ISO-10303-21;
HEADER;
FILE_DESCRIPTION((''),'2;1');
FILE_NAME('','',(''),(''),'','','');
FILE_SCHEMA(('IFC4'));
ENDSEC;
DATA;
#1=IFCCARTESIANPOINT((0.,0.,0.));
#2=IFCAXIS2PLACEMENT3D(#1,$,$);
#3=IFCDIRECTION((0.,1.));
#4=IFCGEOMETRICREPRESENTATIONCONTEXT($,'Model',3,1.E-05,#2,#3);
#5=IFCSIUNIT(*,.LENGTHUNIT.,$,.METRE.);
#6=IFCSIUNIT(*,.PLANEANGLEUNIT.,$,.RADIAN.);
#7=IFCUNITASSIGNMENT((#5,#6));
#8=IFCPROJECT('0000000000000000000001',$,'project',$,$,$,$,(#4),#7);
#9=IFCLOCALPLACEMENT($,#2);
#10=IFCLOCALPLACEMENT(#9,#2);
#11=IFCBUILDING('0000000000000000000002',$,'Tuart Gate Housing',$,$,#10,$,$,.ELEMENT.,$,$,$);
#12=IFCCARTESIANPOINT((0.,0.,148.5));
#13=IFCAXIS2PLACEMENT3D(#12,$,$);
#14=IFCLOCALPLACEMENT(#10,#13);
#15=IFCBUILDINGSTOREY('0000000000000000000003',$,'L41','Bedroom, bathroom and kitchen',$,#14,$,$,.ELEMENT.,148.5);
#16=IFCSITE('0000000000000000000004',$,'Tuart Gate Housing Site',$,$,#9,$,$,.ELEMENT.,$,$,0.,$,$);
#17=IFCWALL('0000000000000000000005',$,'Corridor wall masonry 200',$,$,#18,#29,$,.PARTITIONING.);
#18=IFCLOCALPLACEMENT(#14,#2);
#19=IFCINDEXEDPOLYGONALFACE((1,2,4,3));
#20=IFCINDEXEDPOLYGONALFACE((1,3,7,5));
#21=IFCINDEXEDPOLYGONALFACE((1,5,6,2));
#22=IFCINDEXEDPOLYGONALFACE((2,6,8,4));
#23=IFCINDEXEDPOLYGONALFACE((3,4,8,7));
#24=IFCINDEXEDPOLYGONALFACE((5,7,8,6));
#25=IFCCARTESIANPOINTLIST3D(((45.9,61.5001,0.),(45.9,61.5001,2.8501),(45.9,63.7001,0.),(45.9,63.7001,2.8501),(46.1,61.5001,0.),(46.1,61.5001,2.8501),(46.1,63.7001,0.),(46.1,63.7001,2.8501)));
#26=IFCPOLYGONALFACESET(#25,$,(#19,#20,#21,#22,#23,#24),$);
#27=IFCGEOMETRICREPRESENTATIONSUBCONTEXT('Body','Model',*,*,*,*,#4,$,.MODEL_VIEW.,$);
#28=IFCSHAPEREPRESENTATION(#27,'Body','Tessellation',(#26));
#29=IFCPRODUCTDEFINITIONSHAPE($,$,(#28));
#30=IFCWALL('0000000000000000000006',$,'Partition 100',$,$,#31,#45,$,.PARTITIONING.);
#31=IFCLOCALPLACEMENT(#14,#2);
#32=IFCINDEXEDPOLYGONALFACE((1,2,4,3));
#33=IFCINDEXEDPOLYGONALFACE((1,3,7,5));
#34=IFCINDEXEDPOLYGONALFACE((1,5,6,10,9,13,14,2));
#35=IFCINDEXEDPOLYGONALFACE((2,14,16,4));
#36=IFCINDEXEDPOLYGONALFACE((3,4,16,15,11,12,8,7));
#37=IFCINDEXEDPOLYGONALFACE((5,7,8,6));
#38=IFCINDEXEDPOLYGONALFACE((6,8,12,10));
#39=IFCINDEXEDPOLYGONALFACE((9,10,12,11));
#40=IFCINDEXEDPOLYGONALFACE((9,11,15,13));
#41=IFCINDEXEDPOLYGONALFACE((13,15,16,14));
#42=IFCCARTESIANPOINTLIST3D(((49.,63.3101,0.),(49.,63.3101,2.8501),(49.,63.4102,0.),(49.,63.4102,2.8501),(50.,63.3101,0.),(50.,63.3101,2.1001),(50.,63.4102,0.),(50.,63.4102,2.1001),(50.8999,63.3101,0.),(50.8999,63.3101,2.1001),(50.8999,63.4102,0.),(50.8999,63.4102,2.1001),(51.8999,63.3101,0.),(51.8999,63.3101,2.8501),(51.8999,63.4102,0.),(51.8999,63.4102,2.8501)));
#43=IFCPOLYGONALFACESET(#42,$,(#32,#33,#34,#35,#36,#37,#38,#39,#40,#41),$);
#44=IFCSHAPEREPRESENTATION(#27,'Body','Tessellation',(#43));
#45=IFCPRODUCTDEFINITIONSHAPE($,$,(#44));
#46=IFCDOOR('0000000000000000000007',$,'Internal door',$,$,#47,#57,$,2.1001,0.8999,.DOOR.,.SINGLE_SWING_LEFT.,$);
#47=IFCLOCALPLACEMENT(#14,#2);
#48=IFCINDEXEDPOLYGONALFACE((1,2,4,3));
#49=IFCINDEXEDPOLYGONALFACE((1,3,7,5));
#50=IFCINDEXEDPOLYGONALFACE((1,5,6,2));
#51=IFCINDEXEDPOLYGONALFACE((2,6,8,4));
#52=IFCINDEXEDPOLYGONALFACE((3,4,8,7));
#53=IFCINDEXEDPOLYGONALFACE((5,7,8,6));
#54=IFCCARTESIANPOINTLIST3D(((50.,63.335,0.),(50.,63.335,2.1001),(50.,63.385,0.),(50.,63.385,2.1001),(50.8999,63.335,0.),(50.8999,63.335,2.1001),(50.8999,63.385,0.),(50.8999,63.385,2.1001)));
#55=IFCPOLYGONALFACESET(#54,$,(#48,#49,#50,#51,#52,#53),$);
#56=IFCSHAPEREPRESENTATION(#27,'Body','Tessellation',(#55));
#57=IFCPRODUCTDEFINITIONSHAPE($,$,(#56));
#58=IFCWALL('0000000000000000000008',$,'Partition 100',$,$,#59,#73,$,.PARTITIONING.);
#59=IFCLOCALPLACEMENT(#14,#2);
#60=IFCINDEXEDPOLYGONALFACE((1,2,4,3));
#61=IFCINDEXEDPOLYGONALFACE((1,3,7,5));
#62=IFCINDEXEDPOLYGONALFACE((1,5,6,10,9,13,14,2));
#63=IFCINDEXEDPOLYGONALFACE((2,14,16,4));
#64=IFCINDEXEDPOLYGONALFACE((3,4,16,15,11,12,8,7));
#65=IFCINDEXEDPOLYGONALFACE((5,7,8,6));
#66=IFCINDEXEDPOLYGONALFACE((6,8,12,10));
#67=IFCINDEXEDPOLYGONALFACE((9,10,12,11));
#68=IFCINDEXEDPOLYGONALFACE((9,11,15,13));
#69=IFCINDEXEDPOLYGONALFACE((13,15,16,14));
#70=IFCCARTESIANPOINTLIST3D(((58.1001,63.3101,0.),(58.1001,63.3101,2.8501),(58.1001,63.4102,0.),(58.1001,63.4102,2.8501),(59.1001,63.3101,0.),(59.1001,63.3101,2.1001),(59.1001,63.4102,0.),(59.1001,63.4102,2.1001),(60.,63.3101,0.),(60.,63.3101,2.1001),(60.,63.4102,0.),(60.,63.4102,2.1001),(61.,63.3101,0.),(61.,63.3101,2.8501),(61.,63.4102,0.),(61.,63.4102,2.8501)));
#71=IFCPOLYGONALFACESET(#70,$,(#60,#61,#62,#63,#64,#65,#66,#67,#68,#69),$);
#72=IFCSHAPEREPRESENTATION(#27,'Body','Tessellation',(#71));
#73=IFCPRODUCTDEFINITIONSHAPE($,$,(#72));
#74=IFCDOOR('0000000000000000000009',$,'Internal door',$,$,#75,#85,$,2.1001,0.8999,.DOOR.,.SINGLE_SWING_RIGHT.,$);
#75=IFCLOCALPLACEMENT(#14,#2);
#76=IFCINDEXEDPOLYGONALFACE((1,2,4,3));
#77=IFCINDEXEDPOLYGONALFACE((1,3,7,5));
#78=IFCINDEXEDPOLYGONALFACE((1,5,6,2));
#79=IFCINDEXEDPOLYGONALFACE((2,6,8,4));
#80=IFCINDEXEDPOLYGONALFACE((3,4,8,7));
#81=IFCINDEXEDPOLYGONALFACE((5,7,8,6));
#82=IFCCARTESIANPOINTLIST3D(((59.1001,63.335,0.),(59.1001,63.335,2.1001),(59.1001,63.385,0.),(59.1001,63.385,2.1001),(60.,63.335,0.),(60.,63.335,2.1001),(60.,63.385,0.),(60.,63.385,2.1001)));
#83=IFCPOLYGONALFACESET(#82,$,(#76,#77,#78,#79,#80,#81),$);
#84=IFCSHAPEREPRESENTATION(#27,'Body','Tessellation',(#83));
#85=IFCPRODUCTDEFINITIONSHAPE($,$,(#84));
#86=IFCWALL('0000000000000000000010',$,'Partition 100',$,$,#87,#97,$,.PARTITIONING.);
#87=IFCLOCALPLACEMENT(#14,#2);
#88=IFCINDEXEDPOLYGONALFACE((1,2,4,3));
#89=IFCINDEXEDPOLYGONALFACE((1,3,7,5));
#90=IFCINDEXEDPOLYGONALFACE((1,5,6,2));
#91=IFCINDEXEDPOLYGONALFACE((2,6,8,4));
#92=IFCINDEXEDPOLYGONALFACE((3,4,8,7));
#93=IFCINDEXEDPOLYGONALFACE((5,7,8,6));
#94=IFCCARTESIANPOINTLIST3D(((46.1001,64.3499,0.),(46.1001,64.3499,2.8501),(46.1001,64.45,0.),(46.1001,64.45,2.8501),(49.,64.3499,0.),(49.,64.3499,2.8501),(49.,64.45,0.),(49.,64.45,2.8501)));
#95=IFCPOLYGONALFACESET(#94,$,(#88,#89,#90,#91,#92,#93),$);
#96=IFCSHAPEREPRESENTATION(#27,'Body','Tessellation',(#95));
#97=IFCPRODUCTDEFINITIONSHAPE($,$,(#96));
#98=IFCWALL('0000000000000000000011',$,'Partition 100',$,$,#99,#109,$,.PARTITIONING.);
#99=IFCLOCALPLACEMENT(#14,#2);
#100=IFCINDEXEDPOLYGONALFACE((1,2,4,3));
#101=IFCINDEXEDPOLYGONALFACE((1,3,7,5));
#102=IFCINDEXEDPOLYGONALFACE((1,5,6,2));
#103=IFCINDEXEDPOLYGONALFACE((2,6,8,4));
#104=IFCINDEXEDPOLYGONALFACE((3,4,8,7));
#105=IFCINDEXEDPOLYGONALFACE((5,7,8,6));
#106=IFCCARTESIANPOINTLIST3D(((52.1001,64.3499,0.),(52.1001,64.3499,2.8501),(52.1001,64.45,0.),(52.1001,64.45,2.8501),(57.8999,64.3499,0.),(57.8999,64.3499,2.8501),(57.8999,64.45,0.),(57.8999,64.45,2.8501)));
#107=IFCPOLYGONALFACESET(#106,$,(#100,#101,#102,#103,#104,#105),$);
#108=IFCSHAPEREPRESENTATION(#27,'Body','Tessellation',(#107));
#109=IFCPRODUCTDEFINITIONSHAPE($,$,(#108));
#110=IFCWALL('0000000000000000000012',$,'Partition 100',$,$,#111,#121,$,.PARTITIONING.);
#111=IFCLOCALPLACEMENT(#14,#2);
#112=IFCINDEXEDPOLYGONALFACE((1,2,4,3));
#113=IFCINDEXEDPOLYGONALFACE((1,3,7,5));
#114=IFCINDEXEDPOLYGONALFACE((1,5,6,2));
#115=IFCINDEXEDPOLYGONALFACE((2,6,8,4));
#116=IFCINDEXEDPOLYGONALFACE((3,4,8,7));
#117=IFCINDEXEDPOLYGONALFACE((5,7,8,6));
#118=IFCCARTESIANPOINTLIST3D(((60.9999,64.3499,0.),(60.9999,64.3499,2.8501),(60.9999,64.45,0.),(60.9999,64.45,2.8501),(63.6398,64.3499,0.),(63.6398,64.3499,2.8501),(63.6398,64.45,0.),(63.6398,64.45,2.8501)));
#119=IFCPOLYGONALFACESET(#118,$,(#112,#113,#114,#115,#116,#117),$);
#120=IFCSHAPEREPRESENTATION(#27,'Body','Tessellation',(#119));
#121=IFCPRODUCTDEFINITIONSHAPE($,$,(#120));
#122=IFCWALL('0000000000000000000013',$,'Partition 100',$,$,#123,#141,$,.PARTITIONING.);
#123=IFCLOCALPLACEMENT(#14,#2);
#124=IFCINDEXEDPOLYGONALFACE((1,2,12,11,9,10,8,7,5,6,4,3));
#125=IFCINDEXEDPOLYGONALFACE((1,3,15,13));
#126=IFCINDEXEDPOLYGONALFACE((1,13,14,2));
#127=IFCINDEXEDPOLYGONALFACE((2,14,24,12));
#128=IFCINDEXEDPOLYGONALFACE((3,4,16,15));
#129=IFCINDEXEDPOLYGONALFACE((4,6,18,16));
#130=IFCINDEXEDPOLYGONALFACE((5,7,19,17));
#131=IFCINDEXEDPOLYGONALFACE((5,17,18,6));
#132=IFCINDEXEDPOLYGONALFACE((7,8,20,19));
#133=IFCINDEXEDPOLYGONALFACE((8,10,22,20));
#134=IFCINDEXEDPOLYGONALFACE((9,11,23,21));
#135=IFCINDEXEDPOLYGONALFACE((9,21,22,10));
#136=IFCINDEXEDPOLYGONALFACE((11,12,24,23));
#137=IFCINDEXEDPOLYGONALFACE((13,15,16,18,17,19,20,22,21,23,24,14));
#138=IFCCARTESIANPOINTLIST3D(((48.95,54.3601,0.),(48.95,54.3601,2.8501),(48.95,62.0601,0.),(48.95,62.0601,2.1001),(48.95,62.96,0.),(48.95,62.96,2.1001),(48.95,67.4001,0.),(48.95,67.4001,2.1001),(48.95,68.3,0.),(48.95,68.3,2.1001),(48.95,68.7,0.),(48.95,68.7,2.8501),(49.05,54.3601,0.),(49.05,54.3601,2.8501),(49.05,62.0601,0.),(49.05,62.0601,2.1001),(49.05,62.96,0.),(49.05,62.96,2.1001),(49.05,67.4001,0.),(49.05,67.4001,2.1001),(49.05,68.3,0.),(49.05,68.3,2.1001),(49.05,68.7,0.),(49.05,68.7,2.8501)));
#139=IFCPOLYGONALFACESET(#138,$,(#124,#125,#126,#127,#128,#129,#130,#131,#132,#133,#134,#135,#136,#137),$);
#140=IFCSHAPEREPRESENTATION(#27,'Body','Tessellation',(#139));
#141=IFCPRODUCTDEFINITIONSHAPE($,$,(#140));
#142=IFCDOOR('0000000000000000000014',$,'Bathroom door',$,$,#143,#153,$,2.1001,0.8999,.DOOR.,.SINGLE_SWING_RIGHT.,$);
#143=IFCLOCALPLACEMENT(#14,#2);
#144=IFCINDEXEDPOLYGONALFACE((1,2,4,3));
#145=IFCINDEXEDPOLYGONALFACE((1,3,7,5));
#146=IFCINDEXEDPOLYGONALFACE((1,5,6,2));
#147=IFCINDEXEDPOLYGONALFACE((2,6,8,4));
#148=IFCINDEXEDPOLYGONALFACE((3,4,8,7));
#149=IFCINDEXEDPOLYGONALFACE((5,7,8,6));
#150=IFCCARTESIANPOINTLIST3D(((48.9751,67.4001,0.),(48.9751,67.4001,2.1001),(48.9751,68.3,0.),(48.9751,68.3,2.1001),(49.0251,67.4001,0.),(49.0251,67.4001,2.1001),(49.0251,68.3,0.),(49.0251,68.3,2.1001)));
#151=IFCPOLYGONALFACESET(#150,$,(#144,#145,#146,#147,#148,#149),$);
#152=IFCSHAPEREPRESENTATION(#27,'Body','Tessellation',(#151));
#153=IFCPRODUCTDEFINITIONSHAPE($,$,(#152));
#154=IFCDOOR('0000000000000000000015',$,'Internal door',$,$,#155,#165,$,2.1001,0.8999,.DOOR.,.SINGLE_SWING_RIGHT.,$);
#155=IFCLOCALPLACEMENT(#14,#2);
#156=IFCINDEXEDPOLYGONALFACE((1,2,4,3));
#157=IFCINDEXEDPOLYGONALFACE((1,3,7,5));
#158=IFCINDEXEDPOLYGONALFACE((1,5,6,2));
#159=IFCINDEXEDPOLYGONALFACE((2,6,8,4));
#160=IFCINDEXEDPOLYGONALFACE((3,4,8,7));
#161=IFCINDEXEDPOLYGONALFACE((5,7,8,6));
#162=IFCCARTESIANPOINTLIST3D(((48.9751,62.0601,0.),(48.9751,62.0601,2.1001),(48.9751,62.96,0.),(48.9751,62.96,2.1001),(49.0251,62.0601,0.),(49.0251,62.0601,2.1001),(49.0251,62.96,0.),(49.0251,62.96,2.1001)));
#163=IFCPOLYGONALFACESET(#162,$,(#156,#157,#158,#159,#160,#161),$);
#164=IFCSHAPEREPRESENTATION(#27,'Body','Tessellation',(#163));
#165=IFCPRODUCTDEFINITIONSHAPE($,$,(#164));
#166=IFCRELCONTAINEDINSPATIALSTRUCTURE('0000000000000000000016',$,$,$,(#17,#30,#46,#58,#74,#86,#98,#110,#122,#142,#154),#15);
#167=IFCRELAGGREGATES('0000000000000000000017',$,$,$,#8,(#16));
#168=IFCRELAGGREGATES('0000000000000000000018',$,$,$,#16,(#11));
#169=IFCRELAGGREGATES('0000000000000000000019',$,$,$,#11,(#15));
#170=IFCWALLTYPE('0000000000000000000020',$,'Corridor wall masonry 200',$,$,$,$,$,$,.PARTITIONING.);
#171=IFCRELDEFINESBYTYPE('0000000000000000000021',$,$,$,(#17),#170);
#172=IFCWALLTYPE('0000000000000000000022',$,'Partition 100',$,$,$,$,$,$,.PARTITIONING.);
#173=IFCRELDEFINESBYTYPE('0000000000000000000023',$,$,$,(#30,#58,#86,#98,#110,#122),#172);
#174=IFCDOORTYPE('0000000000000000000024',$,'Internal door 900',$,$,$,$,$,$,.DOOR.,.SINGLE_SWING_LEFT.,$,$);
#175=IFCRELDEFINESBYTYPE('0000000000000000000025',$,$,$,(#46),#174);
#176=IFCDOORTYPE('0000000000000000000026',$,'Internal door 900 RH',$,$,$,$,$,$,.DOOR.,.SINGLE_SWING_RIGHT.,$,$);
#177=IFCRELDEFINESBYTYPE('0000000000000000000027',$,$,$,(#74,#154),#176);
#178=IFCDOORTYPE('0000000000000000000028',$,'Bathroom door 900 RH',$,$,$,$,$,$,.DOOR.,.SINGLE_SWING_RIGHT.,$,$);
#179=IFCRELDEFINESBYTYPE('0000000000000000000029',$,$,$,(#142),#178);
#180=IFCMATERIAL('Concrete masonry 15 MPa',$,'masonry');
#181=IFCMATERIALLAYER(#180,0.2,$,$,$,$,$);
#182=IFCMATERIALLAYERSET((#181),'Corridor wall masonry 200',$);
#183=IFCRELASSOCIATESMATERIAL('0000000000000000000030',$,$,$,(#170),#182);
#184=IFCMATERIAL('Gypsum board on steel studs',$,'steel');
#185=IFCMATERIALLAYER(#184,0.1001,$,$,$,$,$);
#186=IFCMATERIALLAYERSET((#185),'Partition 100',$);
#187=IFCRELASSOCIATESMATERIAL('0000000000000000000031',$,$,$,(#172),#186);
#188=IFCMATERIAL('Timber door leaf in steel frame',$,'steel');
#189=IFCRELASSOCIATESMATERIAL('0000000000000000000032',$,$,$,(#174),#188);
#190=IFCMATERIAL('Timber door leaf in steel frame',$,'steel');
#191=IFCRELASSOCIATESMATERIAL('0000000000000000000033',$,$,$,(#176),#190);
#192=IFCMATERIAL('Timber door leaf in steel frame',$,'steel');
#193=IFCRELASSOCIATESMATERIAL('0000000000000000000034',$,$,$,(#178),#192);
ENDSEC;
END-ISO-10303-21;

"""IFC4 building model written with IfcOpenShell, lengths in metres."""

from ifc_helpers import new_model, si_unit, direction, frame, frame_2d, origin, place, context, subcontext, project, spatial, rectangle, extrude, material, layer, layer_set, type_object, element, fill, save


model = new_model("IFC4")

# Units and contexts
model_context = context("Model", 3, precision=1e-05, world=origin(), true_north=direction((0.0, 1.0)))
body_context = subcontext(model_context, "Body", "Model", "MODEL_VIEW")
ifc_project = project(units=[si_unit("LENGTHUNIT", "METRE"), si_unit("PLANEANGLEUNIT", "RADIAN")], contexts=[model_context])

# Site, building, storey
site_placement = place(None, origin())
site = spatial("IfcSite", under=ifc_project, at=site_placement, Name="Tuart Gate Housing Site", CompositionType="ELEMENT", RefElevation=0.0)
building_placement = place(site_placement, origin())
building = spatial("IfcBuilding", under=site, at=building_placement, Name="Tuart Gate Housing", CompositionType="ELEMENT")
storey_placement = place(building_placement, frame((0.0, 0.0, 148.5)))
storey = spatial("IfcBuildingStorey", under=building, at=storey_placement, Name="L41", Description="Bedroom, bathroom and kitchen", CompositionType="ELEMENT", Elevation=148.5)

# Wall
ifc_material_1 = material(Name="Concrete masonry 15 MPa", Category="masonry")
ifc_layer_1 = layer(ifc_material_1, 0.2)
ifc_layer_set_1 = layer_set([ifc_layer_1], Name="Corridor wall masonry 200")
wall_type_1 = type_object("IfcWallType", Name="Corridor wall masonry 200", PredefinedType="PARTITIONING", material=ifc_layer_set_1)
wall_1_placement = place(storey_placement, frame((46.0, 61.5, 0.0), z_axis=(0.0, 0.0, 1.0), x_axis=(0.0, 1.0, 0.0)))
element("IfcWall", 1, at=wall_1_placement, inside=storey, type_object=wall_type_1, Name="Corridor wall masonry 200", PredefinedType="PARTITIONING", context=body_context, shape_type="SweptSolid", body=[
    extrude(rectangle(XDim=2.2, YDim=0.2, at=frame_2d((1.1001, 0.0))), origin(), (0.0, 0.0, 1.0), 2.8501),
])

# Walls, openings, doors
ifc_material_2 = material(Name="Gypsum board on steel studs", Category="steel")
ifc_layer_2 = layer(ifc_material_2, 0.1001)
ifc_layer_set_2 = layer_set([ifc_layer_2], Name="Partition 100")
wall_type_2 = type_object("IfcWallType", Name="Partition 100", PredefinedType="PARTITIONING", material=ifc_layer_set_2)
wall_2_placement = place(storey_placement, frame((49.0, 63.3601, 0.0), z_axis=(0.0, 0.0, 1.0), x_axis=(1.0, 0.0, 0.0)))
wall_2 = element("IfcWall", 2, at=wall_2_placement, inside=storey, type_object=wall_type_2, Name="Partition 100", PredefinedType="PARTITIONING", context=body_context, shape_type="SweptSolid", body=[
    extrude(rectangle(XDim=2.8999, YDim=0.1001, at=frame_2d((1.45, 0.0))), origin(), (0.0, 0.0, 1.0), 2.8501),
])
opening_1_placement = place(wall_2_placement, frame((1.0, 0.0, 0.0)))
opening_1 = element("IfcOpeningElement", 3, at=opening_1_placement, cuts=wall_2, PredefinedType="OPENING", context=body_context, shape_type="SweptSolid", body=[
    extrude(rectangle(XDim=0.8999, YDim=2.1001, at=frame_2d((0.45, 1.05))), frame((0.0, 0.0601, 0.0), z_axis=(0.0, -1.0, 0.0), x_axis=(1.0, 0.0, 0.0)), (0.0, 0.0, 1.0), 0.1201),
])
ifc_material_3 = material(Name="Timber door leaf in steel frame", Category="steel")
door_type_1 = type_object("IfcDoorType", Name="Internal door 900", OperationType="SINGLE_SWING_LEFT", PredefinedType="DOOR", material=ifc_material_3)
door_1_placement = place(opening_1_placement, origin())
door_1 = element("IfcDoor", 4, at=door_1_placement, inside=storey, type_object=door_type_1, Name="Internal door", OperationType="SINGLE_SWING_LEFT", OverallHeight=2.1001, OverallWidth=0.8999, PredefinedType="DOOR", context=body_context, shape_type="SweptSolid", body=[
    extrude(rectangle(XDim=0.8999, YDim=2.1001, at=frame_2d((0.45, 1.05))), frame((0.0, 0.0249, 0.0), z_axis=(0.0, -1.0, 0.0), x_axis=(1.0, 0.0, 0.0)), (0.0, 0.0, 1.0), 0.05),
])
fill(opening_1, door_1)
wall_3_placement = place(storey_placement, frame((58.1001, 63.3601, 0.0), z_axis=(0.0, 0.0, 1.0), x_axis=(1.0, 0.0, 0.0)))
wall_3 = element("IfcWall", 5, at=wall_3_placement, inside=storey, type_object=wall_type_2, Name="Partition 100", PredefinedType="PARTITIONING", context=body_context, shape_type="SweptSolid", body=[
    extrude(rectangle(XDim=2.8999, YDim=0.1001, at=frame_2d((1.45, 0.0))), origin(), (0.0, 0.0, 1.0), 2.8501),
])
opening_2_placement = place(wall_3_placement, frame((1.0, 0.0, 0.0)))
opening_2 = element("IfcOpeningElement", 6, at=opening_2_placement, cuts=wall_3, PredefinedType="OPENING", context=body_context, shape_type="SweptSolid", body=[
    extrude(rectangle(XDim=0.8999, YDim=2.1001, at=frame_2d((0.45, 1.05))), frame((0.0, 0.0601, 0.0), z_axis=(0.0, -1.0, 0.0), x_axis=(1.0, 0.0, 0.0)), (0.0, 0.0, 1.0), 0.1201),
])
ifc_material_4 = material(Name="Timber door leaf in steel frame", Category="steel")
door_type_2 = type_object("IfcDoorType", Name="Internal door 900 RH", OperationType="SINGLE_SWING_RIGHT", PredefinedType="DOOR", material=ifc_material_4)
door_2_placement = place(opening_2_placement, origin())
door_2 = element("IfcDoor", 7, at=door_2_placement, inside=storey, type_object=door_type_2, Name="Internal door", OperationType="SINGLE_SWING_RIGHT", OverallHeight=2.1001, OverallWidth=0.8999, PredefinedType="DOOR", context=body_context, shape_type="SweptSolid", body=[
    extrude(rectangle(XDim=0.8999, YDim=2.1001, at=frame_2d((0.45, 1.05))), frame((0.0, 0.0249, 0.0), z_axis=(0.0, -1.0, 0.0), x_axis=(1.0, 0.0, 0.0)), (0.0, 0.0, 1.0), 0.05),
])
fill(opening_2, door_2)

# Walls
wall_4_placement = place(storey_placement, frame((46.1001, 64.3999, 0.0), z_axis=(0.0, 0.0, 1.0), x_axis=(1.0, 0.0, 0.0)))
element("IfcWall", 8, at=wall_4_placement, inside=storey, type_object=wall_type_2, Name="Partition 100", PredefinedType="PARTITIONING", context=body_context, shape_type="SweptSolid", body=[
    extrude(rectangle(XDim=2.8999, YDim=0.1001, at=frame_2d((1.45, 0.0))), origin(), (0.0, 0.0, 1.0), 2.8501),
])
wall_5_placement = place(storey_placement, frame((52.1001, 64.3999, 0.0), z_axis=(0.0, 0.0, 1.0), x_axis=(1.0, 0.0, 0.0)))
element("IfcWall", 9, at=wall_5_placement, inside=storey, type_object=wall_type_2, Name="Partition 100", PredefinedType="PARTITIONING", context=body_context, shape_type="SweptSolid", body=[
    extrude(rectangle(XDim=5.7998, YDim=0.1001, at=frame_2d((2.8999, 0.0))), origin(), (0.0, 0.0, 1.0), 2.8501),
])
wall_6_placement = place(storey_placement, frame((61.0, 64.3999, 0.0), z_axis=(0.0, 0.0, 1.0), x_axis=(1.0, 0.0, 0.0)))
element("IfcWall", 10, at=wall_6_placement, inside=storey, type_object=wall_type_2, Name="Partition 100", PredefinedType="PARTITIONING", context=body_context, shape_type="SweptSolid", body=[
    extrude(rectangle(XDim=2.6399, YDim=0.1001, at=frame_2d((1.3198, 0.0))), origin(), (0.0, 0.0, 1.0), 2.8501),
])

# Wall, openings, doors
wall_7_placement = place(storey_placement, frame((49.0, 54.3601, 0.0), z_axis=(0.0, 0.0, 1.0), x_axis=(0.0, 1.0, 0.0)))
wall_7 = element("IfcWall", 11, at=wall_7_placement, inside=storey, type_object=wall_type_2, Name="Partition 100", PredefinedType="PARTITIONING", context=body_context, shape_type="SweptSolid", body=[
    extrude(rectangle(XDim=14.3398, YDim=0.1001, at=frame_2d((7.1699, 0.0))), origin(), (0.0, 0.0, 1.0), 2.8501),
])
opening_3_placement = place(wall_7_placement, frame((7.7, 0.0, 0.0)))
opening_3 = element("IfcOpeningElement", 12, at=opening_3_placement, cuts=wall_7, PredefinedType="OPENING", context=body_context, shape_type="SweptSolid", body=[
    extrude(rectangle(XDim=0.8999, YDim=2.1001, at=frame_2d((0.45, 1.05))), frame((0.0, 0.0601, 0.0), z_axis=(0.0, -1.0, 0.0), x_axis=(1.0, 0.0, 0.0)), (0.0, 0.0, 1.0), 0.1201),
])
opening_4_placement = place(wall_7_placement, frame((13.04, 0.0, 0.0)))
opening_4 = element("IfcOpeningElement", 13, at=opening_4_placement, cuts=wall_7, PredefinedType="OPENING", context=body_context, shape_type="SweptSolid", body=[
    extrude(rectangle(XDim=0.8999, YDim=2.1001, at=frame_2d((0.45, 1.05))), frame((0.0, 0.0601, 0.0), z_axis=(0.0, -1.0, 0.0), x_axis=(1.0, 0.0, 0.0)), (0.0, 0.0, 1.0), 0.1201),
])
ifc_material_5 = material(Name="Timber door leaf in steel frame", Category="steel")
door_type_3 = type_object("IfcDoorType", Name="Bathroom door 900 RH", OperationType="SINGLE_SWING_RIGHT", PredefinedType="DOOR", material=ifc_material_5)
door_3_placement = place(opening_4_placement, origin())
door_3 = element("IfcDoor", 14, at=door_3_placement, inside=storey, type_object=door_type_3, Name="Bathroom door", OperationType="SINGLE_SWING_RIGHT", OverallHeight=2.1001, OverallWidth=0.8999, PredefinedType="DOOR", context=body_context, shape_type="SweptSolid", body=[
    extrude(rectangle(XDim=0.8999, YDim=2.1001, at=frame_2d((0.45, 1.05))), frame((0.0, 0.0249, 0.0), z_axis=(0.0, -1.0, 0.0), x_axis=(1.0, 0.0, 0.0)), (0.0, 0.0, 1.0), 0.05),
])
fill(opening_4, door_3)
door_4_placement = place(opening_3_placement, origin())
door_4 = element("IfcDoor", 15, at=door_4_placement, inside=storey, type_object=door_type_2, Name="Internal door", OperationType="SINGLE_SWING_RIGHT", OverallHeight=2.1001, OverallWidth=0.8999, PredefinedType="DOOR", context=body_context, shape_type="SweptSolid", body=[
    extrude(rectangle(XDim=0.8999, YDim=2.1001, at=frame_2d((0.45, 1.05))), frame((0.0, 0.0249, 0.0), z_axis=(0.0, -1.0, 0.0), x_axis=(1.0, 0.0, 0.0)), (0.0, 0.0, 1.0), 0.05),
])
fill(opening_3, door_4)

save(model, "model.ifc")
